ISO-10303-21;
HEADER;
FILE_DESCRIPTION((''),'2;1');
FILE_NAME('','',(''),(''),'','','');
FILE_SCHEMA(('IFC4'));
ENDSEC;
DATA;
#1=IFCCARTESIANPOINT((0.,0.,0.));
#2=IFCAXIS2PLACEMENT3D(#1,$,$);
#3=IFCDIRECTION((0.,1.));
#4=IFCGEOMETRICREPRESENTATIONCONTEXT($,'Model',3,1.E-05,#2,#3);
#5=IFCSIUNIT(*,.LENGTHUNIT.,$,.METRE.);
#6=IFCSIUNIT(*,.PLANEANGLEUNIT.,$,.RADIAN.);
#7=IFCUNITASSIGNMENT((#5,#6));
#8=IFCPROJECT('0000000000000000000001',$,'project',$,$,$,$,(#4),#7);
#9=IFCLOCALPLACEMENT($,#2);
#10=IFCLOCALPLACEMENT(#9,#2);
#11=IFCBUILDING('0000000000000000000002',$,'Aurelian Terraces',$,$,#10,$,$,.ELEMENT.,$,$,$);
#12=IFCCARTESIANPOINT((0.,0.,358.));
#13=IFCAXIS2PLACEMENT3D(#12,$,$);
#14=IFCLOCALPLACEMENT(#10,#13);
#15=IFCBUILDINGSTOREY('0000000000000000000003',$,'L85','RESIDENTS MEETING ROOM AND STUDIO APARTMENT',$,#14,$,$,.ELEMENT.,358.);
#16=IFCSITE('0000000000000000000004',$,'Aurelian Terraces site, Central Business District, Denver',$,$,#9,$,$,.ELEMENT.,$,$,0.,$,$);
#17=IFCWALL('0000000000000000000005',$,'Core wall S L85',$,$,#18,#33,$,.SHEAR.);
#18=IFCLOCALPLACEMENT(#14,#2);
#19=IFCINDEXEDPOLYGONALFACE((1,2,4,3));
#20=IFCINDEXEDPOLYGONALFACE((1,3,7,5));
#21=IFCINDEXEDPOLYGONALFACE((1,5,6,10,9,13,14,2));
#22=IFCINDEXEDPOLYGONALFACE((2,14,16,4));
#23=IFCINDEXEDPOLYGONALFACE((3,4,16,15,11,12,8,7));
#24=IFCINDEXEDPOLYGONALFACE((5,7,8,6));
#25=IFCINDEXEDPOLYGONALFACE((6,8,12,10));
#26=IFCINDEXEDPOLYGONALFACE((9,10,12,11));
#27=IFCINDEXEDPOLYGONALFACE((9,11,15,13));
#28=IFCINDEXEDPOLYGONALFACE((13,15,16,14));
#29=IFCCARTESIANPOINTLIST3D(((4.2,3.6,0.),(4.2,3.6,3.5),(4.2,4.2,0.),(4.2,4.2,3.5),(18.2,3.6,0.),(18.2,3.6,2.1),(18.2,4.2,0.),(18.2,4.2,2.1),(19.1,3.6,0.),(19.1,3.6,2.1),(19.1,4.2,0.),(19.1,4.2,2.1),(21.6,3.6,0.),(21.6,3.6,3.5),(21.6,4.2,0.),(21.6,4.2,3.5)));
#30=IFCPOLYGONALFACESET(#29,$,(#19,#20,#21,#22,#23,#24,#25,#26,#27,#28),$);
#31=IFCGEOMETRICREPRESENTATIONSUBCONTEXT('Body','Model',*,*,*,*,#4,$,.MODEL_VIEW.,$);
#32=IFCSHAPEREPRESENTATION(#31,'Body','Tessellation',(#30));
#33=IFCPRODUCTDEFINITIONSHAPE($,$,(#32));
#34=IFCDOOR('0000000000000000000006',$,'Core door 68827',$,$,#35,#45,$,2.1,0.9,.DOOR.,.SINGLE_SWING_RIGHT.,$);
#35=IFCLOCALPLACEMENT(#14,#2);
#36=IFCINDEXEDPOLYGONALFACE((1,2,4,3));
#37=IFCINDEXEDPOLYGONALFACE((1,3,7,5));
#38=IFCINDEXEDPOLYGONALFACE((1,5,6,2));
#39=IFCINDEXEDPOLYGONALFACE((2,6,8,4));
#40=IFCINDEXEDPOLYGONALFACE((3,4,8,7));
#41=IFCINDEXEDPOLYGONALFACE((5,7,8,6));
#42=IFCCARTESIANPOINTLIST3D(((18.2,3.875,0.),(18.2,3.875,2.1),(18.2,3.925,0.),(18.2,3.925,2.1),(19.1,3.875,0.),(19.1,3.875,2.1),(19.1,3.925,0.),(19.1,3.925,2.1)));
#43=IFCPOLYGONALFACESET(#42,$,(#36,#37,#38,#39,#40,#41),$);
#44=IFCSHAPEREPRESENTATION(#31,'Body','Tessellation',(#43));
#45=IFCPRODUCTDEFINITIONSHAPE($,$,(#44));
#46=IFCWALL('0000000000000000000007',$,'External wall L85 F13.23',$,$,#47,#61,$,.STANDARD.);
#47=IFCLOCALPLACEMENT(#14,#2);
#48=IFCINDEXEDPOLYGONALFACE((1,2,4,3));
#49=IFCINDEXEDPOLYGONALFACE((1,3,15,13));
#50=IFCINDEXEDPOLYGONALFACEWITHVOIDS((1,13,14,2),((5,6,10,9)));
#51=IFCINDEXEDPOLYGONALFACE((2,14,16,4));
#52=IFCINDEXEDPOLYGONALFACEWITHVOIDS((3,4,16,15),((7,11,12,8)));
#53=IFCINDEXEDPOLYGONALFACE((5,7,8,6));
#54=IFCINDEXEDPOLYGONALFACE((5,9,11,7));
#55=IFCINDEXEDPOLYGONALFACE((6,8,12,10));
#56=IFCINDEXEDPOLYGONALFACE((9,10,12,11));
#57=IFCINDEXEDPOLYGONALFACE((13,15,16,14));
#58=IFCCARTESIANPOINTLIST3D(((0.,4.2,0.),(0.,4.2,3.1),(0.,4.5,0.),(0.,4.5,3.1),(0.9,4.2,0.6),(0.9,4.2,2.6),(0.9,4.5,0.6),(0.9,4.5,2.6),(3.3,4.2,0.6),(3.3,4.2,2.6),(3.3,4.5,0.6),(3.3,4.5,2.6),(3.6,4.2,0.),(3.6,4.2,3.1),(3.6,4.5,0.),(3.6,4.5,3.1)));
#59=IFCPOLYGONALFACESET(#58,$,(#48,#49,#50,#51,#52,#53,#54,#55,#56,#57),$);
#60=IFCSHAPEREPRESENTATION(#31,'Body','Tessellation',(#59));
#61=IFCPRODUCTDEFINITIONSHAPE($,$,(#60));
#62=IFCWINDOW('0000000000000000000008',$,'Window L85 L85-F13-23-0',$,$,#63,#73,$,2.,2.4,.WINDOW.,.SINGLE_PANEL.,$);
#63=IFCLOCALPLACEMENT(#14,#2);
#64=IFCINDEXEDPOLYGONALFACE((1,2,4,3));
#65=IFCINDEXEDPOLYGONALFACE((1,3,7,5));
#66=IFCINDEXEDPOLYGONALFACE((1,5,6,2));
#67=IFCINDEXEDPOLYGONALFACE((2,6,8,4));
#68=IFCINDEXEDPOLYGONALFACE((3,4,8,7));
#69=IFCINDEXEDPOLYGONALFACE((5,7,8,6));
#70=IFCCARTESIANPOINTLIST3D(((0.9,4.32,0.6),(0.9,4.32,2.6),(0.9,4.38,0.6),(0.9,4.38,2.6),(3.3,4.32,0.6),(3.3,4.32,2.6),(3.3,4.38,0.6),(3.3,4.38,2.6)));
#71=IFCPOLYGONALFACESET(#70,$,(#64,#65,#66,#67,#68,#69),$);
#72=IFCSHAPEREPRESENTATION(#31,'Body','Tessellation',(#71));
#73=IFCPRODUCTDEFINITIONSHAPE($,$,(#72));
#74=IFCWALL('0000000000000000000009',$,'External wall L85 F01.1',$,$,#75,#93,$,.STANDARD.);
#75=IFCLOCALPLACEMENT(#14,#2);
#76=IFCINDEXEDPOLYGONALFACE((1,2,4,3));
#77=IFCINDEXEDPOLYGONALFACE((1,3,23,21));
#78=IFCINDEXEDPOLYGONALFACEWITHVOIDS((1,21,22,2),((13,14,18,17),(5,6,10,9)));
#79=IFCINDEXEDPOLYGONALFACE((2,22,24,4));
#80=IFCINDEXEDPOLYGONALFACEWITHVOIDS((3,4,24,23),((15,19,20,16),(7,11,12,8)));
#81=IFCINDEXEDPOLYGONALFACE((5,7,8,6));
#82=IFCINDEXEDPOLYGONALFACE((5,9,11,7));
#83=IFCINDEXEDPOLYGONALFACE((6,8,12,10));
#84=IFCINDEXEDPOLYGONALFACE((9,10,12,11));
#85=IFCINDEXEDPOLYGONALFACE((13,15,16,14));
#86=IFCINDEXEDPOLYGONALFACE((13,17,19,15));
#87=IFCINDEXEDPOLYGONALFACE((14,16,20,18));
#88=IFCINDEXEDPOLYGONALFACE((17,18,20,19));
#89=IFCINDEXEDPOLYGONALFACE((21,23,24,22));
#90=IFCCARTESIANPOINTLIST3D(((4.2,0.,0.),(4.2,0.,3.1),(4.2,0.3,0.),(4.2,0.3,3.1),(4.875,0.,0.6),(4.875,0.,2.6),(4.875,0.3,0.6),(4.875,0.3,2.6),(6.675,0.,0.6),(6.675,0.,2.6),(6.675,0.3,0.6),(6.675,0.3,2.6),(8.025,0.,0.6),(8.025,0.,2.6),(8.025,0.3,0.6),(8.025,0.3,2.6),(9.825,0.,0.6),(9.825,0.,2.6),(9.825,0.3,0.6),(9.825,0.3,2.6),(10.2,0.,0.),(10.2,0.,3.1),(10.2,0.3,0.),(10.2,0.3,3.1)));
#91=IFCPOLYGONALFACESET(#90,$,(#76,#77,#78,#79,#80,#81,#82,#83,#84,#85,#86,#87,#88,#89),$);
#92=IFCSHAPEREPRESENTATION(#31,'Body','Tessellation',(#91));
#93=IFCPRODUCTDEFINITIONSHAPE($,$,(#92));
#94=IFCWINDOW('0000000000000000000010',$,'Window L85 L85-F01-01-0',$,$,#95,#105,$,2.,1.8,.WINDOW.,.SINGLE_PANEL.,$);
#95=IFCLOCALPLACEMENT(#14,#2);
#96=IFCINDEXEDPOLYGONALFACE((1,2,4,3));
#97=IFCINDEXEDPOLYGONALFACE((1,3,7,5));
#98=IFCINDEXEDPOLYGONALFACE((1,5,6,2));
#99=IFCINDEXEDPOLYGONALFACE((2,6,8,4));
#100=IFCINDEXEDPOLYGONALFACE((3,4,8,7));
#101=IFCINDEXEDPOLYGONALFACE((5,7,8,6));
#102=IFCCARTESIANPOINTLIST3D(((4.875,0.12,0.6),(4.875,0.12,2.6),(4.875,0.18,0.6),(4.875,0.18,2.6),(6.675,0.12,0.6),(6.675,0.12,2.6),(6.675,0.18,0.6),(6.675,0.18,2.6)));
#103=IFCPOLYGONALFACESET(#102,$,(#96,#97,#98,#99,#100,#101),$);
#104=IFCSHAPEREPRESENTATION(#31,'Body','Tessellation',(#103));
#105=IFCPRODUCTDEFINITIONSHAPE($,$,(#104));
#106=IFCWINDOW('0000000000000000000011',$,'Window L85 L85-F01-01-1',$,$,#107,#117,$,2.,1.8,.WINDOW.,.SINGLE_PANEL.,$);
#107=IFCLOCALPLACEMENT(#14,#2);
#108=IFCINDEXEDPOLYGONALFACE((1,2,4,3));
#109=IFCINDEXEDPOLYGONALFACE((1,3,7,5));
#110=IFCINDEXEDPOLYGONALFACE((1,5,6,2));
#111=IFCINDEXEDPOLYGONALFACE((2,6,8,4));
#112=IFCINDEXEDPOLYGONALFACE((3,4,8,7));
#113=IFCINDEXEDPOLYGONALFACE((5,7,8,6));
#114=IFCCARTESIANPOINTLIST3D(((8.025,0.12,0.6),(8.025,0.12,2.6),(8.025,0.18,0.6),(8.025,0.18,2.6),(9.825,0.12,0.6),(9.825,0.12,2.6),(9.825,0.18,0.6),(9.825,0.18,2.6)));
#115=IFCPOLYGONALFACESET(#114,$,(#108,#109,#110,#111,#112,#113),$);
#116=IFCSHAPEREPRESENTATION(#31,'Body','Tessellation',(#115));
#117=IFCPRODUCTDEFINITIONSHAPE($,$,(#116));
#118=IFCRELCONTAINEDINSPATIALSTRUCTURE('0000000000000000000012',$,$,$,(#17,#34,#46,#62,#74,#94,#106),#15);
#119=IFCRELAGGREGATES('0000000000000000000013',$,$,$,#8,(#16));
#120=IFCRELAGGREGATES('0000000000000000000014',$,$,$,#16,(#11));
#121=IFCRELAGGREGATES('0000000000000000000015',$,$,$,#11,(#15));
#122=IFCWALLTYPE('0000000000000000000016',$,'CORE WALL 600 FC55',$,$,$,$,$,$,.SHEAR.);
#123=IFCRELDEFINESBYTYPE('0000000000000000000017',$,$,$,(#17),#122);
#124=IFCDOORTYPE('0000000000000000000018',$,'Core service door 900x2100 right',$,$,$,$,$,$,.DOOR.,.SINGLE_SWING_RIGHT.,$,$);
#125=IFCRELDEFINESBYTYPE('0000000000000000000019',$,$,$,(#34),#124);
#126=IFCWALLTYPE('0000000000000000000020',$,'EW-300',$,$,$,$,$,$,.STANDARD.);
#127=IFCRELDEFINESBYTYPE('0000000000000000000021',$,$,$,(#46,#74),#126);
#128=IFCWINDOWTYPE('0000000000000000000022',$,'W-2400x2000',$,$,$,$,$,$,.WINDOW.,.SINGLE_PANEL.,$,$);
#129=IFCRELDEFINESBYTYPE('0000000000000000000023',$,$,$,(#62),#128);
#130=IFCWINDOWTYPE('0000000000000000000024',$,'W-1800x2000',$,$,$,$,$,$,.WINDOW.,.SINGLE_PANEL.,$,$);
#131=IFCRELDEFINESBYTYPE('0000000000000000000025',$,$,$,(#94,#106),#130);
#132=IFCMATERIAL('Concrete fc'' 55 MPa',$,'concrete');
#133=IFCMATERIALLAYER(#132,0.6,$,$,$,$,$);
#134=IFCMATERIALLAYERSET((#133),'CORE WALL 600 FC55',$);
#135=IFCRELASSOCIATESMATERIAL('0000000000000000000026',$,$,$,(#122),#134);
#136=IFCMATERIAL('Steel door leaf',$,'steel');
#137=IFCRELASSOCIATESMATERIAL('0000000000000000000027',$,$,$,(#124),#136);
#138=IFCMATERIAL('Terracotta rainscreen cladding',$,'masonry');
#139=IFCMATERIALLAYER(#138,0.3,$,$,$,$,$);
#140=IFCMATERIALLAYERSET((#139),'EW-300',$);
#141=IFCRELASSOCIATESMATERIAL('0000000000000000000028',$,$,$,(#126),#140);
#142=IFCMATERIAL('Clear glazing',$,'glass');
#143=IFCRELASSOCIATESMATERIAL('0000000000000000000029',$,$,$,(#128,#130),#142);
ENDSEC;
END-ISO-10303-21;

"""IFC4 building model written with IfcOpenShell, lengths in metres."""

from ifc_helpers import new_model, si_unit, direction, frame, frame_2d, origin, place, context, subcontext, project, spatial, rectangle, extrude, source, transform, mapped, material, layer, layer_set, type_object, element, fill, save


model = new_model("IFC4")

# Units and contexts
model_context = context("Model", 3, precision=1e-05, world=origin(), true_north=direction((0.0, 1.0)))
body_context = subcontext(model_context, "Body", "Model", "MODEL_VIEW")
ifc_project = project(units=[si_unit("LENGTHUNIT", "METRE"), si_unit("PLANEANGLEUNIT", "RADIAN")], contexts=[model_context])

# Site, building, storey
site_placement = place(None, origin())
site = spatial("IfcSite", under=ifc_project, at=site_placement, Name="Aurelian Terraces site, Central Business District, Denver", CompositionType="ELEMENT", RefElevation=0.0)
building_placement = place(site_placement, origin())
building = spatial("IfcBuilding", under=site, at=building_placement, Name="Aurelian Terraces", CompositionType="ELEMENT")
storey_placement = place(building_placement, frame((0.0, 0.0, 358.0)))
storey = spatial("IfcBuildingStorey", under=building, at=storey_placement, Name="L85", Description="RESIDENTS MEETING ROOM AND STUDIO APARTMENT", CompositionType="ELEMENT", Elevation=358.0)

# Wall, opening, door
ifc_material_1 = material(Name="Concrete fc' 55 MPa", Category="concrete")
ifc_layer_1 = layer(ifc_material_1, 0.6)
ifc_layer_set_1 = layer_set([ifc_layer_1], Name="CORE WALL 600 FC55")
wall_type_1 = type_object("IfcWallType", Name="CORE WALL 600 FC55", PredefinedType="SHEAR", material=ifc_layer_set_1)
shared_shape_1 = source(origin(), body_context, "Body", "SweptSolid", [
    extrude(rectangle(XDim=17.4, YDim=0.6, at=frame_2d((8.7, 0.0))), origin(), (0.0, 0.0, 1.0), 3.5),
])
ifc_material_2 = material(Name="Steel door leaf", Category="steel")
wall_1_placement = place(storey_placement, frame((4.2, 3.9, 0.0), z_axis=(0.0, 0.0, 1.0), x_axis=(1.0, 0.0, 0.0)))
wall_1 = element("IfcWall", 1, at=wall_1_placement, inside=storey, type_object=wall_type_1, Name="Core wall S L85", PredefinedType="SHEAR", context=body_context, shape_type="MappedRepresentation", body=[
    mapped(shared_shape_1, transform((0.0, 0.0, 0.0), scale=1.0)),
])
shared_shape_2 = source(origin(), body_context, "Body", "SweptSolid", [
    extrude(rectangle(XDim=0.9, YDim=2.1, at=frame_2d((0.45, 1.05))), frame((0.0, 0.31, 0.0), z_axis=(0.0, -1.0, 0.0), x_axis=(1.0, 0.0, 0.0)), (0.0, 0.0, 1.0), 0.62),
])
opening_1_placement = place(wall_1_placement, frame((14.0, 0.0, 0.0)))
opening_1 = element("IfcOpeningElement", 2, at=opening_1_placement, cuts=wall_1, PredefinedType="OPENING", context=body_context, shape_type="MappedRepresentation", body=[
    mapped(shared_shape_2, transform((0.0, 0.0, 0.0), scale=1.0)),
])
door_type_1 = type_object("IfcDoorType", Name="Core service door 900x2100 right", OperationType="SINGLE_SWING_RIGHT", PredefinedType="DOOR", material=ifc_material_2)
shared_shape_3 = source(origin(), body_context, "Body", "SweptSolid", [
    extrude(rectangle(XDim=0.9, YDim=2.1, at=frame_2d((0.45, 1.05))), frame((0.0, 0.025, 0.0), z_axis=(0.0, -1.0, 0.0), x_axis=(1.0, 0.0, 0.0)), (0.0, 0.0, 1.0), 0.05),
])
door_1_placement = place(opening_1_placement, origin())
door_1 = element("IfcDoor", 3, at=door_1_placement, inside=storey, type_object=door_type_1, Name="Core door 68827", OperationType="SINGLE_SWING_RIGHT", OverallHeight=2.1, OverallWidth=0.9, PredefinedType="DOOR", context=body_context, shape_type="MappedRepresentation", body=[
    mapped(shared_shape_3, transform((0.0, 0.0, 0.0), scale=1.0)),
])
fill(opening_1, door_1)

# Wall, opening, window
ifc_material_3 = material(Name="Terracotta rainscreen cladding", Category="masonry")
ifc_layer_2 = layer(ifc_material_3, 0.3)
ifc_layer_set_2 = layer_set([ifc_layer_2], Name="EW-300")
wall_type_2 = type_object("IfcWallType", Name="EW-300", PredefinedType="STANDARD", material=ifc_layer_set_2)
shared_shape_4 = source(origin(), body_context, "Body", "SweptSolid", [
    extrude(rectangle(XDim=3.6, YDim=0.3, at=frame_2d((1.8, 0.0))), origin(), (0.0, 0.0, 1.0), 3.1),
])
wall_2_placement = place(storey_placement, frame((0.0, 4.35, 0.0), z_axis=(0.0, 0.0, 1.0), x_axis=(1.0, 0.0, 0.0)))
wall_2 = element("IfcWall", 4, at=wall_2_placement, inside=storey, type_object=wall_type_2, Name="External wall L85 F13.23", PredefinedType="STANDARD", context=body_context, shape_type="MappedRepresentation", body=[
    mapped(shared_shape_4, transform((0.0, 0.0, 0.0), scale=1.0)),
])
shared_shape_5 = source(origin(), body_context, "Body", "SweptSolid", [
    extrude(rectangle(XDim=2.4, YDim=2.0, at=frame_2d((1.2, 1.0))), frame((0.0, 0.16, 0.0), z_axis=(0.0, -1.0, 0.0), x_axis=(1.0, 0.0, 0.0)), (0.0, 0.0, 1.0), 0.32),
])
opening_2_placement = place(wall_2_placement, frame((0.9, 0.0, 0.6)))
opening_2 = element("IfcOpeningElement", 5, at=opening_2_placement, cuts=wall_2, PredefinedType="OPENING", context=body_context, shape_type="MappedRepresentation", body=[
    mapped(shared_shape_5, transform((0.0, 0.0, 0.0), scale=1.0)),
])
ifc_material_4 = material(Name="Clear glazing", Category="glass")
window_type_1 = type_object("IfcWindowType", Name="W-2400x2000", PartitioningType="SINGLE_PANEL", PredefinedType="WINDOW", material=ifc_material_4)
shared_shape_6 = source(origin(), body_context, "Body", "SweptSolid", [
    extrude(rectangle(XDim=2.4, YDim=2.0, at=frame_2d((1.2, 1.0))), frame((0.0, 0.03, 0.0), z_axis=(0.0, -1.0, 0.0), x_axis=(1.0, 0.0, 0.0)), (0.0, 0.0, 1.0), 0.06),
])
window_1_placement = place(opening_2_placement, origin())
window_1 = element("IfcWindow", 6, at=window_1_placement, inside=storey, type_object=window_type_1, Name="Window L85 L85-F13-23-0", OverallHeight=2.0, OverallWidth=2.4, PartitioningType="SINGLE_PANEL", PredefinedType="WINDOW", context=body_context, shape_type="MappedRepresentation", body=[
    mapped(shared_shape_6, transform((0.0, 0.0, 0.0), scale=1.0)),
])
fill(opening_2, window_1)

# Wall, openings, windows
shared_shape_7 = source(origin(), body_context, "Body", "SweptSolid", [
    extrude(rectangle(XDim=6.0, YDim=0.3, at=frame_2d((3.0, 0.0))), origin(), (0.0, 0.0, 1.0), 3.1),
])
wall_3_placement = place(storey_placement, frame((4.2, 0.15, 0.0), z_axis=(0.0, 0.0, 1.0), x_axis=(1.0, 0.0, 0.0)))
wall_3 = element("IfcWall", 7, at=wall_3_placement, inside=storey, type_object=wall_type_2, Name="External wall L85 F01.1", PredefinedType="STANDARD", context=body_context, shape_type="MappedRepresentation", body=[
    mapped(shared_shape_7, transform((0.0, 0.0, 0.0), scale=1.0)),
])
shared_shape_8 = source(origin(), body_context, "Body", "SweptSolid", [
    extrude(rectangle(XDim=1.8, YDim=2.0, at=frame_2d((0.9, 1.0))), frame((0.0, 0.16, 0.0), z_axis=(0.0, -1.0, 0.0), x_axis=(1.0, 0.0, 0.0)), (0.0, 0.0, 1.0), 0.32),
])
opening_3_placement = place(wall_3_placement, frame((0.675, 0.0, 0.6)))
opening_3 = element("IfcOpeningElement", 8, at=opening_3_placement, cuts=wall_3, PredefinedType="OPENING", context=body_context, shape_type="MappedRepresentation", body=[
    mapped(shared_shape_8, transform((0.0, 0.0, 0.0), scale=1.0)),
])
opening_4_placement = place(wall_3_placement, frame((3.825, 0.0, 0.6)))
opening_4 = element("IfcOpeningElement", 9, at=opening_4_placement, cuts=wall_3, PredefinedType="OPENING", context=body_context, shape_type="MappedRepresentation", body=[
    mapped(shared_shape_8, transform((0.0, 0.0, 0.0), scale=1.0)),
])
window_type_2 = type_object("IfcWindowType", Name="W-1800x2000", PartitioningType="SINGLE_PANEL", PredefinedType="WINDOW", material=ifc_material_4)
shared_shape_9 = source(origin(), body_context, "Body", "SweptSolid", [
    extrude(rectangle(XDim=1.8, YDim=2.0, at=frame_2d((0.9, 1.0))), frame((0.0, 0.03, 0.0), z_axis=(0.0, -1.0, 0.0), x_axis=(1.0, 0.0, 0.0)), (0.0, 0.0, 1.0), 0.06),
])
window_2_placement = place(opening_3_placement, origin())
window_2 = element("IfcWindow", 10, at=window_2_placement, inside=storey, type_object=window_type_2, Name="Window L85 L85-F01-01-0", OverallHeight=2.0, OverallWidth=1.8, PartitioningType="SINGLE_PANEL", PredefinedType="WINDOW", context=body_context, shape_type="MappedRepresentation", body=[
    mapped(shared_shape_9, transform((0.0, 0.0, 0.0), scale=1.0)),
])
fill(opening_3, window_2)
window_3_placement = place(opening_4_placement, origin())
window_3 = element("IfcWindow", 11, at=window_3_placement, inside=storey, type_object=window_type_2, Name="Window L85 L85-F01-01-1", OverallHeight=2.0, OverallWidth=1.8, PartitioningType="SINGLE_PANEL", PredefinedType="WINDOW", context=body_context, shape_type="MappedRepresentation", body=[
    mapped(shared_shape_9, transform((0.0, 0.0, 0.0), scale=1.0)),
])
fill(opening_4, window_3)

save(model, "model.ifc")
